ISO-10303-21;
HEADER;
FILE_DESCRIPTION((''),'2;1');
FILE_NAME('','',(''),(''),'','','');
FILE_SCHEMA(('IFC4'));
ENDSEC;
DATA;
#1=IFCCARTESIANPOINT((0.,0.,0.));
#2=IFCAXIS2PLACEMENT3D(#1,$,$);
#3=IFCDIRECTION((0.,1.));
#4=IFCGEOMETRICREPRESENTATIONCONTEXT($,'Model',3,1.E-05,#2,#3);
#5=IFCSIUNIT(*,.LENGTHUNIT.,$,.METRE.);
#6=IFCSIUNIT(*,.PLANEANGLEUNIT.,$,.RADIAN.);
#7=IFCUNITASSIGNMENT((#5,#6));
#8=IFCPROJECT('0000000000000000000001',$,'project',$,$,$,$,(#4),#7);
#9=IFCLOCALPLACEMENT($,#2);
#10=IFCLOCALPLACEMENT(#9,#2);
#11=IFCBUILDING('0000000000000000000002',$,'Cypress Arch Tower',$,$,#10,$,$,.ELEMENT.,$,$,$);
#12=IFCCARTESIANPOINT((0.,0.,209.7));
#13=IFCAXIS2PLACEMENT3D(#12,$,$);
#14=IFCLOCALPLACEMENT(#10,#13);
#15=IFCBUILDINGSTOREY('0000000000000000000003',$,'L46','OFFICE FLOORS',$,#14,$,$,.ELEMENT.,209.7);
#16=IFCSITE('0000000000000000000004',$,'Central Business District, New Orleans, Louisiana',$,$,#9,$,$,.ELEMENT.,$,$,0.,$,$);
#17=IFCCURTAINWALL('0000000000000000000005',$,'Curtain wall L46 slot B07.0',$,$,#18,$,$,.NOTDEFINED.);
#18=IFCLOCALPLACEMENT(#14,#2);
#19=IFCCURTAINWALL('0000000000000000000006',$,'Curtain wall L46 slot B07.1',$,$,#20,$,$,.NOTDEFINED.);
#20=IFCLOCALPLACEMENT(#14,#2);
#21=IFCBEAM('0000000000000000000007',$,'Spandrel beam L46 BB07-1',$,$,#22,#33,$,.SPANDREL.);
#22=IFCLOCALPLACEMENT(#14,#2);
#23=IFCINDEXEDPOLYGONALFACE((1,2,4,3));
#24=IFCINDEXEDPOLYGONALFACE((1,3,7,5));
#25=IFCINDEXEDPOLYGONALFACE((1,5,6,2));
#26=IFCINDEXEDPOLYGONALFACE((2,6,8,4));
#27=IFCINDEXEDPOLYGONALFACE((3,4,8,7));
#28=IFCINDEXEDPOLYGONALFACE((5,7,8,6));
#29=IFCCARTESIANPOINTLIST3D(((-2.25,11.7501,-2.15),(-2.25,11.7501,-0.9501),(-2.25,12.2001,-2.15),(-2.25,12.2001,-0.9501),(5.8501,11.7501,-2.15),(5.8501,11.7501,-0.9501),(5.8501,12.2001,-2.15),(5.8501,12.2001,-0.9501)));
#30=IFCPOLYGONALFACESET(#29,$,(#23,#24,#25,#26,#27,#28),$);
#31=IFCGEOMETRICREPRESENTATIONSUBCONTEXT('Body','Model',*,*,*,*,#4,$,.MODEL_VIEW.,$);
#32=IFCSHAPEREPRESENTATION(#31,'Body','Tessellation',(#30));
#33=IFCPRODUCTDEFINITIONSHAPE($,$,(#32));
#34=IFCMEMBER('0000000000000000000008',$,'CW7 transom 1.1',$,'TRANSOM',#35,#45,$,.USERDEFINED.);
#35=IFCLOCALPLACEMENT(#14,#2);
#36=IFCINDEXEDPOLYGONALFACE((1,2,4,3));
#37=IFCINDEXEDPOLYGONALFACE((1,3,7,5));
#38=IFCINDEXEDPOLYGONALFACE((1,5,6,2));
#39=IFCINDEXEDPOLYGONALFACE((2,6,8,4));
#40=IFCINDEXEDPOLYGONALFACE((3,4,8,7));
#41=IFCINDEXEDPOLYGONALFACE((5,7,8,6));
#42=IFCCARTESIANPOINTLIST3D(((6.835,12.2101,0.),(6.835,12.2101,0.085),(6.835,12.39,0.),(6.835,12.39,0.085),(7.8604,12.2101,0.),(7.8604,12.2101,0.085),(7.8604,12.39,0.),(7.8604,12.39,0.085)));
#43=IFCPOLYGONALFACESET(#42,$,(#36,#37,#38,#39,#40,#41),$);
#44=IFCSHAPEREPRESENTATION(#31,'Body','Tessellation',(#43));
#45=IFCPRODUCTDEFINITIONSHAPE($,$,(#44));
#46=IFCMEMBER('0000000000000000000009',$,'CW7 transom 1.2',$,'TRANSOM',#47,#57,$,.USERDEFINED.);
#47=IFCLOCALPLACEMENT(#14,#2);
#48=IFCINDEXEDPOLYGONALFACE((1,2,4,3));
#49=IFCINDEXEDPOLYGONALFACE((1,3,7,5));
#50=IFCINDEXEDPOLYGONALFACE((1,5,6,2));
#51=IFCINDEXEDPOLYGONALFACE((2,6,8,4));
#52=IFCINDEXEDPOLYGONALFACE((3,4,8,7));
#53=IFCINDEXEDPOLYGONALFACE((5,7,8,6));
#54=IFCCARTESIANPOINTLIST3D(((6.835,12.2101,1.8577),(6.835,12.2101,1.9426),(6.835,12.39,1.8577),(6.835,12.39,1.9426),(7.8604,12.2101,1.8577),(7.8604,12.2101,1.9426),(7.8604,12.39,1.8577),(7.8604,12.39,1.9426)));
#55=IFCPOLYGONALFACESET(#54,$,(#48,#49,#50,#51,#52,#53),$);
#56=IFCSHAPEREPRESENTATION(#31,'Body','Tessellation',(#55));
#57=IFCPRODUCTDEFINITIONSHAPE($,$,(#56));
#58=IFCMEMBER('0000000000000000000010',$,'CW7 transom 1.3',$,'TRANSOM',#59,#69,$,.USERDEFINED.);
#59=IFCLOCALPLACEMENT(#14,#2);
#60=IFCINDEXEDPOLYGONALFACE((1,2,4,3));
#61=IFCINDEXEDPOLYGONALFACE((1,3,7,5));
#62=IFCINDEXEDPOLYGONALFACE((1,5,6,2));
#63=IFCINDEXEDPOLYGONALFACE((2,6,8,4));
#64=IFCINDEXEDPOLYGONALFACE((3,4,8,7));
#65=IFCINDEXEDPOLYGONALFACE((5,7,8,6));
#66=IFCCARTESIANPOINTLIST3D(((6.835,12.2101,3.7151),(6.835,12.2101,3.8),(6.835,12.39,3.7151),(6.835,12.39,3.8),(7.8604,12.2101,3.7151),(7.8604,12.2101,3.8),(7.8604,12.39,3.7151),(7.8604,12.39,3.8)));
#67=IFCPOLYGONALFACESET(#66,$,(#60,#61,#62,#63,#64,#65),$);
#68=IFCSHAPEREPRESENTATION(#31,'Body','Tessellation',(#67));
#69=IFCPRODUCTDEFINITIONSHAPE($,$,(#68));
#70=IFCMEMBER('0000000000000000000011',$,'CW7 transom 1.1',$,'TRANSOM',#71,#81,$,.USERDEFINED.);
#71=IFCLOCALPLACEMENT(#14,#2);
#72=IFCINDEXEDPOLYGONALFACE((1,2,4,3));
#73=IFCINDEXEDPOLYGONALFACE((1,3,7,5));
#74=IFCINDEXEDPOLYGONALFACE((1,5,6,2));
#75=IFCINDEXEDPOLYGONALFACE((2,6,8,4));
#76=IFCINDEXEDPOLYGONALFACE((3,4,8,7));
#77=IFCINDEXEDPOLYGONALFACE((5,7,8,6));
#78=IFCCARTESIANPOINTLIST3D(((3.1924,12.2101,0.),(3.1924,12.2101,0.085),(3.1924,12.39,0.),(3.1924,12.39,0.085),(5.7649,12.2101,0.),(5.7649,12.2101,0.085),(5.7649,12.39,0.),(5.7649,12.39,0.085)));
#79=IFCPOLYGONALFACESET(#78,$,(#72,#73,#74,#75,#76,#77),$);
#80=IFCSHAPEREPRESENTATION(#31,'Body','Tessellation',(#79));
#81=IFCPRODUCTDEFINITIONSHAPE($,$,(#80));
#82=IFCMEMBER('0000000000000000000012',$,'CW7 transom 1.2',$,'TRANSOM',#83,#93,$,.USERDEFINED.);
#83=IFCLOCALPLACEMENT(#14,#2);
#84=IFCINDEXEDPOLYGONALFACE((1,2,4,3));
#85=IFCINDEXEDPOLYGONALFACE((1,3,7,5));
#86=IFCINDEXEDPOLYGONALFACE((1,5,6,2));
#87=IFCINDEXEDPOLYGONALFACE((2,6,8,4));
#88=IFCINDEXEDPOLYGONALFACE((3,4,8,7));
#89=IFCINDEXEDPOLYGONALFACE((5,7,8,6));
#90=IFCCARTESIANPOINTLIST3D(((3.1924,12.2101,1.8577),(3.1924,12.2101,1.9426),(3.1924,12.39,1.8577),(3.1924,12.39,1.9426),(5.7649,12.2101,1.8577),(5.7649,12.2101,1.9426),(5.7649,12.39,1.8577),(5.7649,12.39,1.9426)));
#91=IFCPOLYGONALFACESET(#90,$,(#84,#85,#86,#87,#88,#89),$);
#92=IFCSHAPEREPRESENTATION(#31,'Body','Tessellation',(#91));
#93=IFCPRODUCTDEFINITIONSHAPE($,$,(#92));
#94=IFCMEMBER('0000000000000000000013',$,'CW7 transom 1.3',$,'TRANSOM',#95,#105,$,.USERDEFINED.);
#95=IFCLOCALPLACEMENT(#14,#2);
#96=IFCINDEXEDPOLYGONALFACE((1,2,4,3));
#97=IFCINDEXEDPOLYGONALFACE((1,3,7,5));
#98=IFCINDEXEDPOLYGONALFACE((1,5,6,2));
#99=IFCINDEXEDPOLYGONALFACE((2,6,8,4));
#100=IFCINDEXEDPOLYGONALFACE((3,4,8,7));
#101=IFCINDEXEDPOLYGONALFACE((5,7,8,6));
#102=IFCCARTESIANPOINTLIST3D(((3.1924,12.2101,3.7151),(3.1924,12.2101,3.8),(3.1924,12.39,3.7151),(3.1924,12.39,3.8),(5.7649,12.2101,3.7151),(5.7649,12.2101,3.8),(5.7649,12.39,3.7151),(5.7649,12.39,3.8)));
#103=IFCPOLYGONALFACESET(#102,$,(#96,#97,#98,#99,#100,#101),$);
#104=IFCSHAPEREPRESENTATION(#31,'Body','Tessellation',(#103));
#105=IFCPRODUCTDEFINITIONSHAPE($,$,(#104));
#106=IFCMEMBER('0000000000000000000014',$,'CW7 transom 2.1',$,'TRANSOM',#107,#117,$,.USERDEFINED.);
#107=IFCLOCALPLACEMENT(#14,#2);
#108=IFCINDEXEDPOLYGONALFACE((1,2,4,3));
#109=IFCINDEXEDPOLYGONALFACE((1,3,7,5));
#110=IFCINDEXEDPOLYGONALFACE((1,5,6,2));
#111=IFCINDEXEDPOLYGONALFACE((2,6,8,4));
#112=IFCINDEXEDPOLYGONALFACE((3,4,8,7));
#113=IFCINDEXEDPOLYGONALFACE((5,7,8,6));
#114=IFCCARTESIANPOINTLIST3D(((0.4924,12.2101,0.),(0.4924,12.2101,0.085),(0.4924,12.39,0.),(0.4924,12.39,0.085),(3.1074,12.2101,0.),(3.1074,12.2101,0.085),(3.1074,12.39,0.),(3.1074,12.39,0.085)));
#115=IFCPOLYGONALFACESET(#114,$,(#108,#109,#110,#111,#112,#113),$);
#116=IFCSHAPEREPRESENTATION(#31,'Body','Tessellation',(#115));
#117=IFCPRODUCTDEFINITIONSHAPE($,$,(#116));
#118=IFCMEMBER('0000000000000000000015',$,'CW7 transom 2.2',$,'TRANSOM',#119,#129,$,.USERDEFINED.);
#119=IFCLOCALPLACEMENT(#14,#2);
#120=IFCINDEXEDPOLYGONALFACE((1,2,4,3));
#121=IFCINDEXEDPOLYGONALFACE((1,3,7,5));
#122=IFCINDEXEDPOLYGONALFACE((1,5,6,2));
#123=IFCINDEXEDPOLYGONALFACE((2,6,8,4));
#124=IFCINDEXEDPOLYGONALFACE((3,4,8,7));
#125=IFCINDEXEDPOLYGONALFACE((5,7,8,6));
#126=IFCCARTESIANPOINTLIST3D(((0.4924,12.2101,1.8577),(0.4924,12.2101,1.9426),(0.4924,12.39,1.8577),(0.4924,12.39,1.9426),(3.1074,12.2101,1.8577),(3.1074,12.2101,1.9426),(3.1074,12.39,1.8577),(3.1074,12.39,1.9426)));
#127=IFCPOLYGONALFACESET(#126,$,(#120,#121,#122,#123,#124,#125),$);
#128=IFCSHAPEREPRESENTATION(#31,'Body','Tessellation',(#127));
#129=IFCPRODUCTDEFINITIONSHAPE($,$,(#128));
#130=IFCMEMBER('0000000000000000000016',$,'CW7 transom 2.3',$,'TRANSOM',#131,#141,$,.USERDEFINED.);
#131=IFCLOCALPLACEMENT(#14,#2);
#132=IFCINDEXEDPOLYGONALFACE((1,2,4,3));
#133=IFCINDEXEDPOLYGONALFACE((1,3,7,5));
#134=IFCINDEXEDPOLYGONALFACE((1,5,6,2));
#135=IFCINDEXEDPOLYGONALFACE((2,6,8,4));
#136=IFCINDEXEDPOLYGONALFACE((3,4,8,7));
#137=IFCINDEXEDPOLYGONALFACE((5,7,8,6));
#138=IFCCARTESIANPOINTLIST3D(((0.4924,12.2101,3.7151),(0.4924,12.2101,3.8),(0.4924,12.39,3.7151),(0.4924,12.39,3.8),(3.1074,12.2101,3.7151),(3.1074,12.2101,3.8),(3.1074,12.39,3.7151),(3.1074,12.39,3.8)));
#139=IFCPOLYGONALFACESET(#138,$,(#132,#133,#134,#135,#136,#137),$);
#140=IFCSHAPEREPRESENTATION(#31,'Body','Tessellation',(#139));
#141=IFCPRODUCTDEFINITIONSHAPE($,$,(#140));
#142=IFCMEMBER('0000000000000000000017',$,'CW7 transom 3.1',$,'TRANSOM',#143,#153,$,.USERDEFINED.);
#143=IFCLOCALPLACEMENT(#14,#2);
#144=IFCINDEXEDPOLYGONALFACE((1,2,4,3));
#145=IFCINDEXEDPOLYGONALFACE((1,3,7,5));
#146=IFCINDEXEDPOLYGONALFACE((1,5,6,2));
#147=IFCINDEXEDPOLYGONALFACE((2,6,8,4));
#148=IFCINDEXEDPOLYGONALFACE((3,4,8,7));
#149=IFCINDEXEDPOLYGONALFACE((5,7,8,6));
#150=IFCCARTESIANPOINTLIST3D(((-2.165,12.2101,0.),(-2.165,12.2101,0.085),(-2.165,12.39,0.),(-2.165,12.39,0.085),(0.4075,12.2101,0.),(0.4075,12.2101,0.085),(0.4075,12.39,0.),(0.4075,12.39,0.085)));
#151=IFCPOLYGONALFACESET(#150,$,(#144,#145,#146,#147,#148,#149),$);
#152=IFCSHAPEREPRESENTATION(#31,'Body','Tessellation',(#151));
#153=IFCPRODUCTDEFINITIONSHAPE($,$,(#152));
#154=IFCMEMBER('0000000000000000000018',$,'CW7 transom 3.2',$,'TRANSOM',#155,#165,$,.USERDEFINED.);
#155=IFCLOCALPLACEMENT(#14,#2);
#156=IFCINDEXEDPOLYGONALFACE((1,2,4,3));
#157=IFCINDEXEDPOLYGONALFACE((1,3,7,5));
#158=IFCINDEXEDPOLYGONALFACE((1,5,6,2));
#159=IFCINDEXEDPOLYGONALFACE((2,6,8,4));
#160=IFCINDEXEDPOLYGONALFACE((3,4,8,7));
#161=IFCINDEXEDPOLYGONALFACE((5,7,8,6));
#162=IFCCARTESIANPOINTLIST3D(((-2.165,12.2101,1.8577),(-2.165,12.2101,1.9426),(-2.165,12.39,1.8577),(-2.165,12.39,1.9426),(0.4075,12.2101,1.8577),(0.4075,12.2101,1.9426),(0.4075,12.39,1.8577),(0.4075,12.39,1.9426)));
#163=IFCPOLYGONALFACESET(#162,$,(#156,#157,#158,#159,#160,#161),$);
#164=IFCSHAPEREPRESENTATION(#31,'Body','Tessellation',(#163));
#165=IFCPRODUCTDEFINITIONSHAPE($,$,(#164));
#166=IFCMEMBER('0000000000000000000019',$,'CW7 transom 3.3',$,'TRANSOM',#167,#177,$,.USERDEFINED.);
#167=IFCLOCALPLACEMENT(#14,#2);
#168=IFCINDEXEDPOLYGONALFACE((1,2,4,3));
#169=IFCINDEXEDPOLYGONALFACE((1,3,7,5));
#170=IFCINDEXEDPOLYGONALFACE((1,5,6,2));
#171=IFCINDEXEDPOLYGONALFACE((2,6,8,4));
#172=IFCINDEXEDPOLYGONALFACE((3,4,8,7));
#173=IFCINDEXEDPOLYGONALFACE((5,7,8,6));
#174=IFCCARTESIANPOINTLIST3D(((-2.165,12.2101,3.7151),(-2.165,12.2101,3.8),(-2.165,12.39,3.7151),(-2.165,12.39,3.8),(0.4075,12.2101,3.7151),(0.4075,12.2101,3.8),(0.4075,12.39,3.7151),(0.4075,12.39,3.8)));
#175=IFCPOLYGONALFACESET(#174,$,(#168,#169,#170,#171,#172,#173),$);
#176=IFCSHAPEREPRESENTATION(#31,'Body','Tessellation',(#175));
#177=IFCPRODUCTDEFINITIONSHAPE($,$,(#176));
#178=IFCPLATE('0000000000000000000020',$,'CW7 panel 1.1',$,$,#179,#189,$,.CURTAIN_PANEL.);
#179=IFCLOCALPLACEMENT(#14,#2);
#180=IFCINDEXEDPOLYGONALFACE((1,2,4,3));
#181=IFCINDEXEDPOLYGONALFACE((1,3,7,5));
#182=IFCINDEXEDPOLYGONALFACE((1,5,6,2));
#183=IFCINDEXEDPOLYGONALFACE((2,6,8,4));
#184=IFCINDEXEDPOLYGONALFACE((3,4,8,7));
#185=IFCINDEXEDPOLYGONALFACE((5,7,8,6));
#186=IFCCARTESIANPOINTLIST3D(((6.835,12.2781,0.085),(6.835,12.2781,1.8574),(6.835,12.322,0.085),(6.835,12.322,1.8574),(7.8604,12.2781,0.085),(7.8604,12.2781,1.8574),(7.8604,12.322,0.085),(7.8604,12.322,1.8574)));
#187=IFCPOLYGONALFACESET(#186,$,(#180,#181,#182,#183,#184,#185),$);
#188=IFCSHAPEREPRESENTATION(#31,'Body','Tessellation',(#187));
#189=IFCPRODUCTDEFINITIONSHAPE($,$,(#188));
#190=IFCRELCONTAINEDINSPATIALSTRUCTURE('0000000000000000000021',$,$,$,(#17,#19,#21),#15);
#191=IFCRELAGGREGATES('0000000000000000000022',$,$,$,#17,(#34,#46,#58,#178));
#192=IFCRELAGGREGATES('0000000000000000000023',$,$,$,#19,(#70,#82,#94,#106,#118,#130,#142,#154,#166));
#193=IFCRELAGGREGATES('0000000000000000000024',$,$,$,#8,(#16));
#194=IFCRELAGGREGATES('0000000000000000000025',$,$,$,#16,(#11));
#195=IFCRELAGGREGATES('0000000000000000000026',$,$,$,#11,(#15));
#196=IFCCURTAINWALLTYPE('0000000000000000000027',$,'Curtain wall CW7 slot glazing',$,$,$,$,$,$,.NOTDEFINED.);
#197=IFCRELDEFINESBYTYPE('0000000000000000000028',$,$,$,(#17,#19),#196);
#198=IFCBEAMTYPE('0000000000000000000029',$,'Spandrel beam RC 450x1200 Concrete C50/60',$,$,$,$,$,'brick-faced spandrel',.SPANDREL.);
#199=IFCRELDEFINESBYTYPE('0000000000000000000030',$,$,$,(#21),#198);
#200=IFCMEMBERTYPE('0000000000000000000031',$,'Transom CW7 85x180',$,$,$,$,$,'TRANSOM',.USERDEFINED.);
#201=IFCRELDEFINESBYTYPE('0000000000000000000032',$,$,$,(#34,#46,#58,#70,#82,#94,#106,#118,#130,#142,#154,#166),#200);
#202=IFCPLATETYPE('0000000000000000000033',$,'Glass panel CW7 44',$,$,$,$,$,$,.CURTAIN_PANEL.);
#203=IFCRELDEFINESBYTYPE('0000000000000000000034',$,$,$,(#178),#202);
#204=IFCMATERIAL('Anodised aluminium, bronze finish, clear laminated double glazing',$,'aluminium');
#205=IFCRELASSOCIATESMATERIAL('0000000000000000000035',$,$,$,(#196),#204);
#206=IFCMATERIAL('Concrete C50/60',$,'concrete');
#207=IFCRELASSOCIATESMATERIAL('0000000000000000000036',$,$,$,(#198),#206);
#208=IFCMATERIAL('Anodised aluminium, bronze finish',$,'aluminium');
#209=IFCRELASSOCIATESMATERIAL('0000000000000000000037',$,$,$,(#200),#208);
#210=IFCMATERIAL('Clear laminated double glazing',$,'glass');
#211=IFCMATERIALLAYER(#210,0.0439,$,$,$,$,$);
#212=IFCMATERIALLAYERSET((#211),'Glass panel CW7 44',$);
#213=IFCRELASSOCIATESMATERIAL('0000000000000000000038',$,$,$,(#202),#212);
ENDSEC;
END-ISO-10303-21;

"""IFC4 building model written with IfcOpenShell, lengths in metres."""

from ifc_helpers import new_model, si_unit, direction, frame, origin, origin_2d, place, context, subcontext, project, spatial, rectangle, extrude, material, layer, layer_set, material_profile, profile_set, type_object, element, aggregate, save


model = new_model("IFC4")

# Units and contexts
model_context = context("Model", 3, precision=1e-05, world=origin(), true_north=direction((0.0, 1.0)))
body_context = subcontext(model_context, "Body", "Model", "MODEL_VIEW")
ifc_project = project(units=[si_unit("LENGTHUNIT", "METRE"), si_unit("PLANEANGLEUNIT", "RADIAN")], contexts=[model_context])

# Site, building, storey
site_placement = place(None, origin())
site = spatial("IfcSite", under=ifc_project, at=site_placement, Name="Central Business District, New Orleans, Louisiana", CompositionType="ELEMENT", RefElevation=0.0)
building_placement = place(site_placement, origin())
building = spatial("IfcBuilding", under=site, at=building_placement, Name="Cypress Arch Tower", CompositionType="ELEMENT")
storey_placement = place(building_placement, frame((0.0, 0.0, 209.7)))
storey = spatial("IfcBuildingStorey", under=building, at=storey_placement, Name="L46", Description="OFFICE FLOORS", CompositionType="ELEMENT", Elevation=209.7)

# Curtain walls
ifc_material_1 = material(Name="Anodised aluminium, bronze finish, clear laminated double glazing", Category="aluminium")
curtain_wall_type = type_object("IfcCurtainWallType", Name="Curtain wall CW7 slot glazing", PredefinedType="NOTDEFINED", material=ifc_material_1)
curtain_wall_1_placement = place(storey_placement, origin())
curtain_wall_1 = element("IfcCurtainWall", 1, at=curtain_wall_1_placement, inside=storey, type_object=curtain_wall_type, Name="Curtain wall L46 slot B07.0", PredefinedType="NOTDEFINED")
curtain_wall_2_placement = place(storey_placement, origin())
curtain_wall_2 = element("IfcCurtainWall", 2, at=curtain_wall_2_placement, inside=storey, type_object=curtain_wall_type, Name="Curtain wall L46 slot B07.1", PredefinedType="NOTDEFINED")

# Beam
ifc_material_2 = material(Name="Concrete C50/60", Category="concrete")
ifc_material_profile_1 = material_profile(ifc_material_2, rectangle(XDim=0.45, YDim=1.2, at=origin_2d()), Name="RC 450x1200")
ifc_profile_set_1 = profile_set([ifc_material_profile_1], Name="Concrete C50/60")
beam_type_1 = type_object("IfcBeamType", Name="Spandrel beam RC 450x1200 Concrete C50/60", ElementType="brick-faced spandrel", PredefinedType="SPANDREL", material=ifc_profile_set_1)
beam_1_placement = place(storey_placement, frame((5.8501, 11.9751, -1.55), z_axis=(-1.0, 0.0, 0.0), x_axis=(0.0, -1.0, 0.0)))
element("IfcBeam", 3, at=beam_1_placement, inside=storey, type_object=beam_type_1, Name="Spandrel beam L46 BB07-1", PredefinedType="SPANDREL", context=body_context, shape_type="SweptSolid", body=[
    extrude(rectangle(XDim=0.45, YDim=1.2, at=origin_2d()), origin(), (0.0, 0.0, 1.0), 8.1001),
])

# Members
ifc_material_3 = material(Name="Anodised aluminium, bronze finish", Category="aluminium")
ifc_material_profile_2 = material_profile(ifc_material_3, rectangle(XDim=0.1799, YDim=0.085, at=origin_2d()), Name="Transom 85x180")
ifc_profile_set_2 = profile_set([ifc_material_profile_2], Name="Anodised aluminium, bronze finish")
member_type_1 = type_object("IfcMemberType", Name="Transom CW7 85x180", ElementType="TRANSOM", PredefinedType="USERDEFINED", material=ifc_profile_set_2)
member_1_placement = place(storey_placement, frame((7.8604, 12.3, 0.0425), z_axis=(-1.0, 0.0, 0.0), x_axis=(0.0, -1.0, 0.0)))
member_1 = element("IfcMember", 4, at=member_1_placement, type_object=member_type_1, Name="CW7 transom 1.1", ObjectType="TRANSOM", PredefinedType="USERDEFINED", context=body_context, shape_type="SweptSolid", body=[
    extrude(rectangle(XDim=0.1799, YDim=0.085, at=origin_2d()), origin(), (0.0, 0.0, 1.0), 1.0254),
])
member_2_placement = place(storey_placement, frame((7.8604, 12.3, 1.9001), z_axis=(-1.0, 0.0, 0.0), x_axis=(0.0, -1.0, 0.0)))
member_2 = element("IfcMember", 5, at=member_2_placement, type_object=member_type_1, Name="CW7 transom 1.2", ObjectType="TRANSOM", PredefinedType="USERDEFINED", context=body_context, shape_type="SweptSolid", body=[
    extrude(rectangle(XDim=0.1799, YDim=0.085, at=origin_2d()), origin(), (0.0, 0.0, 1.0), 1.0254),
])
member_3_placement = place(storey_placement, frame((7.8604, 12.3, 3.7576), z_axis=(-1.0, 0.0, 0.0), x_axis=(0.0, -1.0, 0.0)))
member_3 = element("IfcMember", 6, at=member_3_placement, type_object=member_type_1, Name="CW7 transom 1.3", ObjectType="TRANSOM", PredefinedType="USERDEFINED", context=body_context, shape_type="SweptSolid", body=[
    extrude(rectangle(XDim=0.1799, YDim=0.085, at=origin_2d()), origin(), (0.0, 0.0, 1.0), 1.0254),
])
member_4_placement = place(storey_placement, frame((5.7649, 12.3, 0.0425), z_axis=(-1.0, 0.0, 0.0), x_axis=(0.0, -1.0, 0.0)))
member_4 = element("IfcMember", 7, at=member_4_placement, type_object=member_type_1, Name="CW7 transom 1.1", ObjectType="TRANSOM", PredefinedType="USERDEFINED", context=body_context, shape_type="SweptSolid", body=[
    extrude(rectangle(XDim=0.1799, YDim=0.085, at=origin_2d()), origin(), (0.0, 0.0, 1.0), 2.5725),
])
member_5_placement = place(storey_placement, frame((5.7649, 12.3, 1.9001), z_axis=(-1.0, 0.0, 0.0), x_axis=(0.0, -1.0, 0.0)))
member_5 = element("IfcMember", 8, at=member_5_placement, type_object=member_type_1, Name="CW7 transom 1.2", ObjectType="TRANSOM", PredefinedType="USERDEFINED", context=body_context, shape_type="SweptSolid", body=[
    extrude(rectangle(XDim=0.1799, YDim=0.085, at=origin_2d()), origin(), (0.0, 0.0, 1.0), 2.5725),
])
member_6_placement = place(storey_placement, frame((5.7649, 12.3, 3.7576), z_axis=(-1.0, 0.0, 0.0), x_axis=(0.0, -1.0, 0.0)))
member_6 = element("IfcMember", 9, at=member_6_placement, type_object=member_type_1, Name="CW7 transom 1.3", ObjectType="TRANSOM", PredefinedType="USERDEFINED", context=body_context, shape_type="SweptSolid", body=[
    extrude(rectangle(XDim=0.1799, YDim=0.085, at=origin_2d()), origin(), (0.0, 0.0, 1.0), 2.5725),
])
member_7_placement = place(storey_placement, frame((3.1074, 12.3, 0.0425), z_axis=(-1.0, 0.0, 0.0), x_axis=(0.0, -1.0, 0.0)))
member_7 = element("IfcMember", 10, at=member_7_placement, type_object=member_type_1, Name="CW7 transom 2.1", ObjectType="TRANSOM", PredefinedType="USERDEFINED", context=body_context, shape_type="SweptSolid", body=[
    extrude(rectangle(XDim=0.1799, YDim=0.085, at=origin_2d()), origin(), (0.0, 0.0, 1.0), 2.615),
])
member_8_placement = place(storey_placement, frame((3.1074, 12.3, 1.9001), z_axis=(-1.0, 0.0, 0.0), x_axis=(0.0, -1.0, 0.0)))
member_8 = element("IfcMember", 11, at=member_8_placement, type_object=member_type_1, Name="CW7 transom 2.2", ObjectType="TRANSOM", PredefinedType="USERDEFINED", context=body_context, shape_type="SweptSolid", body=[
    extrude(rectangle(XDim=0.1799, YDim=0.085, at=origin_2d()), origin(), (0.0, 0.0, 1.0), 2.615),
])
member_9_placement = place(storey_placement, frame((3.1074, 12.3, 3.7576), z_axis=(-1.0, 0.0, 0.0), x_axis=(0.0, -1.0, 0.0)))
member_9 = element("IfcMember", 12, at=member_9_placement, type_object=member_type_1, Name="CW7 transom 2.3", ObjectType="TRANSOM", PredefinedType="USERDEFINED", context=body_context, shape_type="SweptSolid", body=[
    extrude(rectangle(XDim=0.1799, YDim=0.085, at=origin_2d()), origin(), (0.0, 0.0, 1.0), 2.615),
])
member_10_placement = place(storey_placement, frame((0.4075, 12.3, 0.0425), z_axis=(-1.0, 0.0, 0.0), x_axis=(0.0, -1.0, 0.0)))
member_10 = element("IfcMember", 13, at=member_10_placement, type_object=member_type_1, Name="CW7 transom 3.1", ObjectType="TRANSOM", PredefinedType="USERDEFINED", context=body_context, shape_type="SweptSolid", body=[
    extrude(rectangle(XDim=0.1799, YDim=0.085, at=origin_2d()), origin(), (0.0, 0.0, 1.0), 2.5725),
])
member_11_placement = place(storey_placement, frame((0.4075, 12.3, 1.9001), z_axis=(-1.0, 0.0, 0.0), x_axis=(0.0, -1.0, 0.0)))
member_11 = element("IfcMember", 14, at=member_11_placement, type_object=member_type_1, Name="CW7 transom 3.2", ObjectType="TRANSOM", PredefinedType="USERDEFINED", context=body_context, shape_type="SweptSolid", body=[
    extrude(rectangle(XDim=0.1799, YDim=0.085, at=origin_2d()), origin(), (0.0, 0.0, 1.0), 2.5725),
])
member_12_placement = place(storey_placement, frame((0.4075, 12.3, 3.7576), z_axis=(-1.0, 0.0, 0.0), x_axis=(0.0, -1.0, 0.0)))
member_12 = element("IfcMember", 15, at=member_12_placement, type_object=member_type_1, Name="CW7 transom 3.3", ObjectType="TRANSOM", PredefinedType="USERDEFINED", context=body_context, shape_type="SweptSolid", body=[
    extrude(rectangle(XDim=0.1799, YDim=0.085, at=origin_2d()), origin(), (0.0, 0.0, 1.0), 2.5725),
])

# Plate
ifc_material_4 = material(Name="Clear laminated double glazing", Category="glass")
ifc_layer = layer(ifc_material_4, 0.0439)
ifc_layer_set = layer_set([ifc_layer], Name="Glass panel CW7 44")
plate_type = type_object("IfcPlateType", Name="Glass panel CW7 44", PredefinedType="CURTAIN_PANEL", material=ifc_layer_set)
plate_1_placement = place(storey_placement, frame((7.3477, 12.3, 0.085), z_axis=(0.0, 0.0, 1.0), x_axis=(-1.0, 0.0, 0.0)))
plate_1 = element("IfcPlate", 16, at=plate_1_placement, type_object=plate_type, Name="CW7 panel 1.1", PredefinedType="CURTAIN_PANEL", context=body_context, shape_type="SweptSolid", body=[
    extrude(rectangle(XDim=1.0254, YDim=0.0439, at=origin_2d()), origin(), (0.0, 0.0, 1.0), 1.7725),
])
aggregate(curtain_wall_1, [member_1, member_2, member_3, plate_1])
aggregate(curtain_wall_2, [member_4, member_5, member_6, member_7, member_8, member_9, member_10, member_11, member_12])

save(model, "model.ifc")
